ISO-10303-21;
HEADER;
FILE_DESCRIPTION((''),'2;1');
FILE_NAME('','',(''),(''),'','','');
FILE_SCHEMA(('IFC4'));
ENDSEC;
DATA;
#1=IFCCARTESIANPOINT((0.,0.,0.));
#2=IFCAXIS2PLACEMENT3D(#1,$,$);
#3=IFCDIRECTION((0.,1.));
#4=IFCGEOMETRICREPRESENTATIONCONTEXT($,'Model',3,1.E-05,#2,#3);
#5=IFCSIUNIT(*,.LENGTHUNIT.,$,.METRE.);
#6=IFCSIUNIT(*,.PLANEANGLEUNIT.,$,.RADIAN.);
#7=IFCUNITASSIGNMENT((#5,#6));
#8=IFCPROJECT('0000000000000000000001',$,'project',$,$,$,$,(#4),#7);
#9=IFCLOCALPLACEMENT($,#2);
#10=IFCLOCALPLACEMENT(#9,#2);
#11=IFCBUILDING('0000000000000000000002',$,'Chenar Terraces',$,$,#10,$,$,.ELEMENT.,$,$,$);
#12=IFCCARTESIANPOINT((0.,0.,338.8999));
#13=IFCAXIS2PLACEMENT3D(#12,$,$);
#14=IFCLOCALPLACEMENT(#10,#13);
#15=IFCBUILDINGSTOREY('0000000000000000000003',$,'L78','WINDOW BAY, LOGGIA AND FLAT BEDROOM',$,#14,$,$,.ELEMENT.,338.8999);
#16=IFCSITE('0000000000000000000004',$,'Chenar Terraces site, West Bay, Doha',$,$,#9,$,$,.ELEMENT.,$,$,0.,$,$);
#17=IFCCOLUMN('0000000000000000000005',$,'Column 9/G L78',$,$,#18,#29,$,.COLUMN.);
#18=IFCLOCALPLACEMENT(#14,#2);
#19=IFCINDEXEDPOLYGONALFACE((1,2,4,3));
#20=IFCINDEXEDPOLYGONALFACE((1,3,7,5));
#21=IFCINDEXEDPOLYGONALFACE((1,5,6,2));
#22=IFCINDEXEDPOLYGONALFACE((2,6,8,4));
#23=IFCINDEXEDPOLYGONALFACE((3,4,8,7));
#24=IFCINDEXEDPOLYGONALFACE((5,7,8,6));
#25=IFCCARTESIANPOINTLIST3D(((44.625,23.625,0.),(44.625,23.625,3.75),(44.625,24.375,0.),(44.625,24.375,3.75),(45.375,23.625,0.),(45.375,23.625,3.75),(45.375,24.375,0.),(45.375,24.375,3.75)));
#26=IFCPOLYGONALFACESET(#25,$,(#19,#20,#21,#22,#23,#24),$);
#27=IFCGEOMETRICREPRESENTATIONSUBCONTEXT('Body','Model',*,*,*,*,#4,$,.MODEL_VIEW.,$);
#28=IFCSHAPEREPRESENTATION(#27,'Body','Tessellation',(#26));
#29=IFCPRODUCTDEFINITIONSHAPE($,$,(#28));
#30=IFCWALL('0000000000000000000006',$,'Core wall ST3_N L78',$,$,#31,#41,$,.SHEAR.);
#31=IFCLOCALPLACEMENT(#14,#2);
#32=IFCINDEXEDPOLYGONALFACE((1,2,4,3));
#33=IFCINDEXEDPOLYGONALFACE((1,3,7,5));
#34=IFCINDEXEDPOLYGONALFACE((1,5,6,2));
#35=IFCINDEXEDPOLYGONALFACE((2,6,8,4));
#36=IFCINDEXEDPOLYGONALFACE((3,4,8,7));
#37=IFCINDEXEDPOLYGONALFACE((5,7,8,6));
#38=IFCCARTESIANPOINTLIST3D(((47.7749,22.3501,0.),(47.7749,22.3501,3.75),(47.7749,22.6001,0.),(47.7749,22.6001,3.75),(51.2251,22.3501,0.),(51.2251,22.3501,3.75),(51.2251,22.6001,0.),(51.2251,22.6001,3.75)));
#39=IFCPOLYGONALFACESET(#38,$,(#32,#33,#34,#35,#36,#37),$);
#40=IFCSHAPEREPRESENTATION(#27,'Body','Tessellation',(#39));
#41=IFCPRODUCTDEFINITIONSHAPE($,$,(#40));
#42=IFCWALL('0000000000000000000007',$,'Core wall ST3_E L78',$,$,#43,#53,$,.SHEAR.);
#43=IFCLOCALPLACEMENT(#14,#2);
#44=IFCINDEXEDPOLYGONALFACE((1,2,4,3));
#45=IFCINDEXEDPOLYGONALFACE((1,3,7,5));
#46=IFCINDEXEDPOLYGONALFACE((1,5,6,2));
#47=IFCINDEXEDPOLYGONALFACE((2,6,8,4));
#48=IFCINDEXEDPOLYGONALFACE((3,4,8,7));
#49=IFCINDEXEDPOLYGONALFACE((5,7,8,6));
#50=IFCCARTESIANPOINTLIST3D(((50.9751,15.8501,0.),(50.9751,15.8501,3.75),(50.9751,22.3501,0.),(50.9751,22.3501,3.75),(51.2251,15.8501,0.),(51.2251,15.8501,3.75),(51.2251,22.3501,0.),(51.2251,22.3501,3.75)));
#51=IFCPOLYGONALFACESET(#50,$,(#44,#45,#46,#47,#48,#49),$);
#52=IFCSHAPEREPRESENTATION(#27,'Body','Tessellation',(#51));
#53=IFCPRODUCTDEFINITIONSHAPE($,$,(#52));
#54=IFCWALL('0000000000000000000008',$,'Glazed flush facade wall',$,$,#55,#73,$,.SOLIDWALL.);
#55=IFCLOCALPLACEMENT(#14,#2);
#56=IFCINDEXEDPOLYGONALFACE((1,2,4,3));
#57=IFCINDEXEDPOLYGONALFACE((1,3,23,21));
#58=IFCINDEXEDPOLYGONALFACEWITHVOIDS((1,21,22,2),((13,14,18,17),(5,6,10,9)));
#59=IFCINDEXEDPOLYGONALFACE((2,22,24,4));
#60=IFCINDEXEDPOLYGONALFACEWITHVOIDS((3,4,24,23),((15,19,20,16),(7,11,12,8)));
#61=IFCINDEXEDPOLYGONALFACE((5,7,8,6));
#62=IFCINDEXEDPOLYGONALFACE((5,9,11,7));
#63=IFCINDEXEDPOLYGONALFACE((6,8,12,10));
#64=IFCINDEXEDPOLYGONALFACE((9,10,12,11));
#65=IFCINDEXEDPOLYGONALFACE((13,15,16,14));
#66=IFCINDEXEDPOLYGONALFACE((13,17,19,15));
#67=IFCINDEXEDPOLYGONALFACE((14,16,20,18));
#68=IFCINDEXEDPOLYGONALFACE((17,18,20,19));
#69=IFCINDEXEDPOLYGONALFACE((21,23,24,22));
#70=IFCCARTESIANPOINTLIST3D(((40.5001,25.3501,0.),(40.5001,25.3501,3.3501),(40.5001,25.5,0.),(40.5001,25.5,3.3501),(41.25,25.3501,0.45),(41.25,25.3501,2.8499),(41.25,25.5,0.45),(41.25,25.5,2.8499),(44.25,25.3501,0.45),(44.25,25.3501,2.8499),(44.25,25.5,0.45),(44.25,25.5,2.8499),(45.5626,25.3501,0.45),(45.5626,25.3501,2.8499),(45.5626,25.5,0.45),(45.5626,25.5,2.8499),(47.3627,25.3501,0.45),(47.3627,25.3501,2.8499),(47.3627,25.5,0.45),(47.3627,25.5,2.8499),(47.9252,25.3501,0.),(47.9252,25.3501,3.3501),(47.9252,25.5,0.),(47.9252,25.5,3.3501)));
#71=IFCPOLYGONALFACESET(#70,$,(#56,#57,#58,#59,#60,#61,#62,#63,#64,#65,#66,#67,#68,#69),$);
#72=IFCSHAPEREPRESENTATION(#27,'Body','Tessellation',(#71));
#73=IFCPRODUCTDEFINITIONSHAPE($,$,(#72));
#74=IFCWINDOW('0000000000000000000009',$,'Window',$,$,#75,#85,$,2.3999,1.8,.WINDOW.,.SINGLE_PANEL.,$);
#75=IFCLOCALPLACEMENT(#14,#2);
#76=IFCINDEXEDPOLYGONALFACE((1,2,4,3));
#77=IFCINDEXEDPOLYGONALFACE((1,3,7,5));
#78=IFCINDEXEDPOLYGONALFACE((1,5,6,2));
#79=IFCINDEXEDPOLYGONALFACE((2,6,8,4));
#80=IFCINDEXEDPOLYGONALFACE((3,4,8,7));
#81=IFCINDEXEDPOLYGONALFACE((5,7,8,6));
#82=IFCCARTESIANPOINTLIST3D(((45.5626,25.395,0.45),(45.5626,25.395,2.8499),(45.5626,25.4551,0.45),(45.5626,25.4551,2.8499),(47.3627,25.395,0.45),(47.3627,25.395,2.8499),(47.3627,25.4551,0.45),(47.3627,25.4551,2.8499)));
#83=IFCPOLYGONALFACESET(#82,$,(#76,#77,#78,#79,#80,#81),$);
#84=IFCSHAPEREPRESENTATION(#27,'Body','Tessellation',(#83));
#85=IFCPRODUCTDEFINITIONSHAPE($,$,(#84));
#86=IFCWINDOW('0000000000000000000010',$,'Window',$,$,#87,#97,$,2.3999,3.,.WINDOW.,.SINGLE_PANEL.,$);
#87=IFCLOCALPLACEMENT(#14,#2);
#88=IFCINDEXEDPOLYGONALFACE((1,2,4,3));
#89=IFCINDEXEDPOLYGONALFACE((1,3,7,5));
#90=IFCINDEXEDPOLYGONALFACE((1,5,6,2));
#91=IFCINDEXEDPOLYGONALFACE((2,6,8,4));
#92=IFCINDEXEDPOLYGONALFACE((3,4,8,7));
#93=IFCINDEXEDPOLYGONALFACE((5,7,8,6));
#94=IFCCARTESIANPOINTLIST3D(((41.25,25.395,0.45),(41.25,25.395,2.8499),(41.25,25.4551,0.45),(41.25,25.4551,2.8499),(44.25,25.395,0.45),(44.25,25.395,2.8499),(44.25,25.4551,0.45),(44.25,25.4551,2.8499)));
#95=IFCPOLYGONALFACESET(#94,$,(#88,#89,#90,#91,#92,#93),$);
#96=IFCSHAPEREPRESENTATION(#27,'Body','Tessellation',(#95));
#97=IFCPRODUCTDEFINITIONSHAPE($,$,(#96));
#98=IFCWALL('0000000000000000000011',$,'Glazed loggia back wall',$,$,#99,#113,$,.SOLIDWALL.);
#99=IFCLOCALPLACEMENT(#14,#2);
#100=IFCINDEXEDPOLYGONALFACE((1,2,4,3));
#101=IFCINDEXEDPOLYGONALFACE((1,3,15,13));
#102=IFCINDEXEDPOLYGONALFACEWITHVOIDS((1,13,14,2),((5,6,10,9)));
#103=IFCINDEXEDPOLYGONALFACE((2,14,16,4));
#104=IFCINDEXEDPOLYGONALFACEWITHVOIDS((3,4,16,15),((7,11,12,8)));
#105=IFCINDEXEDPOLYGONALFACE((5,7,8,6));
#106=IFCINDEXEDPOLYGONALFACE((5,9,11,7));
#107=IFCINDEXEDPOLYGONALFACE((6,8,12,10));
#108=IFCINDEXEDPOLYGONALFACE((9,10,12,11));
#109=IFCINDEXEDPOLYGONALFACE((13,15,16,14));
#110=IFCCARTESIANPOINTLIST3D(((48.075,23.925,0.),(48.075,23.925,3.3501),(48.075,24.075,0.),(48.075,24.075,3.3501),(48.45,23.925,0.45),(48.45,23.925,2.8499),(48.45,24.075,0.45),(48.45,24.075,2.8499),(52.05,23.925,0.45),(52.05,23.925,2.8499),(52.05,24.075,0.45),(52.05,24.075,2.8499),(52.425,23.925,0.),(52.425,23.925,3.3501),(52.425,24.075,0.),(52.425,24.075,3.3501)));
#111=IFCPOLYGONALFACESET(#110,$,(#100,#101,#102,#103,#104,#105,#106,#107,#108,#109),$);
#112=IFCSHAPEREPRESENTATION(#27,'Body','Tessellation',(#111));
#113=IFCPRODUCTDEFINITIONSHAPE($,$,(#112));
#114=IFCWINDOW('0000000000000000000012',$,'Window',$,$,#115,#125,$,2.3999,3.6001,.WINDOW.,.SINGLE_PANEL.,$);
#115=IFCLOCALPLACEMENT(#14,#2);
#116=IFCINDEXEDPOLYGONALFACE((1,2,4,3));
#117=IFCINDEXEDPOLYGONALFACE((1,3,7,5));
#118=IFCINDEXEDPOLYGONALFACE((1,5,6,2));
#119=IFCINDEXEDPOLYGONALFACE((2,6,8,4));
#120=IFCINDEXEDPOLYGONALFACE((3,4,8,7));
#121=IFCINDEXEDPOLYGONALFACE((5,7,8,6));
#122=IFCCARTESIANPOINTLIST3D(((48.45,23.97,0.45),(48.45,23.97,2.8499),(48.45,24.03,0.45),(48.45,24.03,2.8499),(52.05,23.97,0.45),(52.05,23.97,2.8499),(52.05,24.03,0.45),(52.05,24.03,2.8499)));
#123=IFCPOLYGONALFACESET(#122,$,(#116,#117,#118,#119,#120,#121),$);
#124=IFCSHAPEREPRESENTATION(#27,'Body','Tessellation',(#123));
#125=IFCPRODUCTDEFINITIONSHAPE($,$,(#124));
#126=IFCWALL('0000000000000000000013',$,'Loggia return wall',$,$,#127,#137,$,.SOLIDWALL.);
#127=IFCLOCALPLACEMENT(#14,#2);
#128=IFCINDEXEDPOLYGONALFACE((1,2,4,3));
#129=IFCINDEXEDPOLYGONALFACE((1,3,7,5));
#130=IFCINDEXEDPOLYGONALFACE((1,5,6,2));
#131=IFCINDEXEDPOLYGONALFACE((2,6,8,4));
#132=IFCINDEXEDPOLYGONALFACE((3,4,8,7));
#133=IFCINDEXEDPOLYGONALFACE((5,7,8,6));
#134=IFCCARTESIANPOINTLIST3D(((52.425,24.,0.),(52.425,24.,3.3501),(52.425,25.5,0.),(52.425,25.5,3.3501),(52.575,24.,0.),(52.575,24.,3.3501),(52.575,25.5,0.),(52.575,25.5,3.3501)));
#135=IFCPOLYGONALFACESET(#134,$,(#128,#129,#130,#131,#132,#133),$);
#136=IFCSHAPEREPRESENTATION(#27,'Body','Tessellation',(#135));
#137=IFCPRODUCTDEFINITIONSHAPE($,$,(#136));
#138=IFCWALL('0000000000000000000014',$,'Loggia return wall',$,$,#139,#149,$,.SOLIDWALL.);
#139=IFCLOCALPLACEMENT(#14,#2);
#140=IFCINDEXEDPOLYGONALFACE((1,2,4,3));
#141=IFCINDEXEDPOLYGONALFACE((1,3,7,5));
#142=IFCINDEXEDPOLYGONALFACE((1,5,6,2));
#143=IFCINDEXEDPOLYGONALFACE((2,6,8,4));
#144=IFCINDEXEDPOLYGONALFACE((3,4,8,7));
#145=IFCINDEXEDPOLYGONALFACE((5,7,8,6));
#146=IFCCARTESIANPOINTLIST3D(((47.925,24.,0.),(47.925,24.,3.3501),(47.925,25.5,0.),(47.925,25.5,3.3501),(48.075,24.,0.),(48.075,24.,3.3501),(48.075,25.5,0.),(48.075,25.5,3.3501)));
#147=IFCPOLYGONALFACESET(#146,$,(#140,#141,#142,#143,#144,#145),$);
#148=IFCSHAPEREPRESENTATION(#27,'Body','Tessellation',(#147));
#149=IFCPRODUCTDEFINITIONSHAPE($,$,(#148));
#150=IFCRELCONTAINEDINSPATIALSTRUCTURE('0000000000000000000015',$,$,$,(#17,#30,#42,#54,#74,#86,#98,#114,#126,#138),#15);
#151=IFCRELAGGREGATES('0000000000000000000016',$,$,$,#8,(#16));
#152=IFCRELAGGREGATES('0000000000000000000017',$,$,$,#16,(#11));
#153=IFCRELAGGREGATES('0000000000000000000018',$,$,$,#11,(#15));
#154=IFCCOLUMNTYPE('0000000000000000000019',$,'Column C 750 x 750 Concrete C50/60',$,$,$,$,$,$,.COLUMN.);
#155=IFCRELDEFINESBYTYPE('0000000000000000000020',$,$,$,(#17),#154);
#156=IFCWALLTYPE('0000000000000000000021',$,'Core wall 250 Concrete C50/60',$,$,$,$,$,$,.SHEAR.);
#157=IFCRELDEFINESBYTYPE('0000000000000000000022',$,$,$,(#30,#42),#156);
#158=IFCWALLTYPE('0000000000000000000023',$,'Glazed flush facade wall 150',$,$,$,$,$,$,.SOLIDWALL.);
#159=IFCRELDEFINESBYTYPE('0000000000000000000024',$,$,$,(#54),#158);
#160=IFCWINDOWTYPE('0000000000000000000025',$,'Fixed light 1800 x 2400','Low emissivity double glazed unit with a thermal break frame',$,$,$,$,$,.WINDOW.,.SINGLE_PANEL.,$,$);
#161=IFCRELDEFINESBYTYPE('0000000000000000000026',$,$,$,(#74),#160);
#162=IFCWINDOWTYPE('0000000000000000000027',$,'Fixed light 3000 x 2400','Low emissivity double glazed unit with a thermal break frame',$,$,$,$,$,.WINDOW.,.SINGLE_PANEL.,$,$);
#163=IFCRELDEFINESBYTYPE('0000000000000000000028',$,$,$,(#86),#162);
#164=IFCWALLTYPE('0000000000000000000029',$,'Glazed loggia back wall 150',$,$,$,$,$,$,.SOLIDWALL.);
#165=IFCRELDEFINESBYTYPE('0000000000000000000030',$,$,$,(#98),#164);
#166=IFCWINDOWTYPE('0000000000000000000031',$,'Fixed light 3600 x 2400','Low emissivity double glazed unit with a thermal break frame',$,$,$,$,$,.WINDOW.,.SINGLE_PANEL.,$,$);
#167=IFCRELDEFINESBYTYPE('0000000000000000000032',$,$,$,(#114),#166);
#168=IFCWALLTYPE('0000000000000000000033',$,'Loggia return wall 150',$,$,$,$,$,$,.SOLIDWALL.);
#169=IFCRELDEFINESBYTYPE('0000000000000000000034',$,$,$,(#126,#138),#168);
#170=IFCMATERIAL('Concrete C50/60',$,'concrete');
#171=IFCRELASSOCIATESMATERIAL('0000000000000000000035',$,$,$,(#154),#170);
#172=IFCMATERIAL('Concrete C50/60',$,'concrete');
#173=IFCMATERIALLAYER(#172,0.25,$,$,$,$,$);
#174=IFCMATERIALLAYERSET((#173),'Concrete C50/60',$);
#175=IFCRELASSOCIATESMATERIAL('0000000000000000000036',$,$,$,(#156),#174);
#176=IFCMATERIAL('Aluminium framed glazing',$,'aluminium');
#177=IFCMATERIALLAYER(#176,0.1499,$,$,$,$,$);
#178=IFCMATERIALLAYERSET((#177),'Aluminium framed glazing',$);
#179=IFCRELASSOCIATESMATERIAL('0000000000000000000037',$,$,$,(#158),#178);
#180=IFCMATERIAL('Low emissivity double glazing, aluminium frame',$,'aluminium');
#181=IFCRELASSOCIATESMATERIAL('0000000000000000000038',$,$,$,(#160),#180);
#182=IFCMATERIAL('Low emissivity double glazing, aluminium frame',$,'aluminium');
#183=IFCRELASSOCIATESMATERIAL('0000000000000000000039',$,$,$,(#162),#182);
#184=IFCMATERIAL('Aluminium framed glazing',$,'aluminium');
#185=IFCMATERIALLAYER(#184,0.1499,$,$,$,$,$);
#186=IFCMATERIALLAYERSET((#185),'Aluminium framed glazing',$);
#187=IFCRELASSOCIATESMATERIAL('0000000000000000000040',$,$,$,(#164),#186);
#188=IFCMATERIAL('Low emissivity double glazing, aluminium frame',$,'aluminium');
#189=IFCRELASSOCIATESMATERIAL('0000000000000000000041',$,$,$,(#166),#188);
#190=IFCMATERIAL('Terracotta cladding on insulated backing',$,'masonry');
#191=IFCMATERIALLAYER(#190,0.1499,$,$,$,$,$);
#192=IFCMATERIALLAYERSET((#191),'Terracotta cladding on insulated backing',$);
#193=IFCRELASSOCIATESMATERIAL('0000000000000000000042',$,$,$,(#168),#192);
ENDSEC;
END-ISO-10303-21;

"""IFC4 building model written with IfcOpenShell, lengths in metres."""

from ifc_helpers import new_model, si_unit, direction, frame, frame_2d, origin, origin_2d, place, context, subcontext, project, spatial, rectangle, extrude, material, layer, layer_set, material_profile, profile_set, type_object, element, fill, save


model = new_model("IFC4")

# Units and contexts
model_context = context("Model", 3, precision=1e-05, world=origin(), true_north=direction((0.0, 1.0)))
body_context = subcontext(model_context, "Body", "Model", "MODEL_VIEW")
ifc_project = project(units=[si_unit("LENGTHUNIT", "METRE"), si_unit("PLANEANGLEUNIT", "RADIAN")], contexts=[model_context])

# Site, building, storey
site_placement = place(None, origin())
site = spatial("IfcSite", under=ifc_project, at=site_placement, Name="Chenar Terraces site, West Bay, Doha", CompositionType="ELEMENT", RefElevation=0.0)
building_placement = place(site_placement, origin())
building = spatial("IfcBuilding", under=site, at=building_placement, Name="Chenar Terraces", CompositionType="ELEMENT")
storey_placement = place(building_placement, frame((0.0, 0.0, 338.8999)))
storey = spatial("IfcBuildingStorey", under=building, at=storey_placement, Name="L78", Description="WINDOW BAY, LOGGIA AND FLAT BEDROOM", CompositionType="ELEMENT", Elevation=338.8999)

# Column
ifc_material_1 = material(Name="Concrete C50/60", Category="concrete")
ifc_material_profile_1 = material_profile(ifc_material_1, rectangle(XDim=0.75, YDim=0.75, at=origin_2d()), Name="C 750 x 750")
ifc_profile_set_1 = profile_set([ifc_material_profile_1], Name="Concrete C50/60")
column_type = type_object("IfcColumnType", Name="Column C 750 x 750 Concrete C50/60", PredefinedType="COLUMN", material=ifc_profile_set_1)
column_placement = place(storey_placement, frame((45.0, 24.0, 0.0), z_axis=(0.0, 0.0, 1.0), x_axis=(1.0, 0.0, 0.0)))
element("IfcColumn", 1, at=column_placement, inside=storey, type_object=column_type, Name="Column 9/G L78", PredefinedType="COLUMN", context=body_context, shape_type="SweptSolid", body=[
    extrude(rectangle(XDim=0.75, YDim=0.75, at=origin_2d()), origin(), (0.0, 0.0, 1.0), 3.75),
])

# Walls
ifc_material_2 = material(Name="Concrete C50/60", Category="concrete")
ifc_layer_1 = layer(ifc_material_2, 0.25)
ifc_layer_set_1 = layer_set([ifc_layer_1], Name="Concrete C50/60")
wall_type_1 = type_object("IfcWallType", Name="Core wall 250 Concrete C50/60", PredefinedType="SHEAR", material=ifc_layer_set_1)
wall_1_placement = place(storey_placement, frame((47.7749, 22.4751, 0.0), z_axis=(0.0, 0.0, 1.0), x_axis=(1.0, 0.0, 0.0)))
element("IfcWall", 2, at=wall_1_placement, inside=storey, type_object=wall_type_1, Name="Core wall ST3_N L78", PredefinedType="SHEAR", context=body_context, shape_type="SweptSolid", body=[
    extrude(rectangle(XDim=3.4502, YDim=0.25, at=frame_2d((1.7251, 0.0))), origin(), (0.0, 0.0, 1.0), 3.75),
])
wall_2_placement = place(storey_placement, frame((51.1001, 15.8501, 0.0), z_axis=(0.0, 0.0, 1.0), x_axis=(0.0, 1.0, 0.0)))
element("IfcWall", 3, at=wall_2_placement, inside=storey, type_object=wall_type_1, Name="Core wall ST3_E L78", PredefinedType="SHEAR", context=body_context, shape_type="SweptSolid", body=[
    extrude(rectangle(XDim=6.5, YDim=0.25, at=frame_2d((3.25, 0.0))), origin(), (0.0, 0.0, 1.0), 3.75),
])

# Wall, openings, windows
ifc_material_3 = material(Name="Aluminium framed glazing", Category="aluminium")
ifc_layer_2 = layer(ifc_material_3, 0.1499)
ifc_layer_set_2 = layer_set([ifc_layer_2], Name="Aluminium framed glazing")
wall_type_2 = type_object("IfcWallType", Name="Glazed flush facade wall 150", PredefinedType="SOLIDWALL", material=ifc_layer_set_2)
wall_3_placement = place(storey_placement, frame((47.925, 25.425, 0.0), z_axis=(0.0, 0.0, 1.0), x_axis=(-1.0, 0.0, 0.0)))
wall_3 = element("IfcWall", 4, at=wall_3_placement, inside=storey, type_object=wall_type_2, Name="Glazed flush facade wall", PredefinedType="SOLIDWALL", context=body_context, shape_type="SweptSolid", body=[
    extrude(rectangle(XDim=7.425, YDim=0.1499, at=frame_2d((3.7124, 0.0))), origin(), (0.0, 0.0, 1.0), 3.3501),
])
opening_1_placement = place(wall_3_placement, frame((0.5625, 0.0, 0.45)))
opening_1 = element("IfcOpeningElement", 5, at=opening_1_placement, cuts=wall_3, PredefinedType="OPENING", context=body_context, shape_type="SweptSolid", body=[
    extrude(rectangle(XDim=1.8, YDim=2.3999, at=frame_2d((0.8999, 1.2))), frame((0.0, 0.085, 0.0), z_axis=(0.0, -1.0, 0.0), x_axis=(1.0, 0.0, 0.0)), (0.0, 0.0, 1.0), 0.1699),
])
opening_2_placement = place(wall_3_placement, frame((3.675, 0.0, 0.45)))
opening_2 = element("IfcOpeningElement", 6, at=opening_2_placement, cuts=wall_3, PredefinedType="OPENING", context=body_context, shape_type="SweptSolid", body=[
    extrude(rectangle(XDim=3.0, YDim=2.3999, at=frame_2d((1.5, 1.2))), frame((0.0, 0.085, 0.0), z_axis=(0.0, -1.0, 0.0), x_axis=(1.0, 0.0, 0.0)), (0.0, 0.0, 1.0), 0.1699),
])
ifc_material_4 = material(Name="Low emissivity double glazing, aluminium frame", Category="aluminium")
window_type_1 = type_object("IfcWindowType", Name="Fixed light 1800 x 2400", Description="Low emissivity double glazed unit with a thermal break frame", PartitioningType="SINGLE_PANEL", PredefinedType="WINDOW", material=ifc_material_4)
window_1_placement = place(opening_1_placement, origin())
window_1 = element("IfcWindow", 7, at=window_1_placement, inside=storey, type_object=window_type_1, Name="Window", OverallHeight=2.3999, OverallWidth=1.8, PartitioningType="SINGLE_PANEL", PredefinedType="WINDOW", context=body_context, shape_type="SweptSolid", body=[
    extrude(rectangle(XDim=1.8, YDim=2.3999, at=frame_2d((0.8999, 1.2))), frame((0.0, 0.03, 0.0), z_axis=(0.0, -1.0, 0.0), x_axis=(1.0, 0.0, 0.0)), (0.0, 0.0, 1.0), 0.0601),
])
fill(opening_1, window_1)
ifc_material_5 = material(Name="Low emissivity double glazing, aluminium frame", Category="aluminium")
window_type_2 = type_object("IfcWindowType", Name="Fixed light 3000 x 2400", Description="Low emissivity double glazed unit with a thermal break frame", PartitioningType="SINGLE_PANEL", PredefinedType="WINDOW", material=ifc_material_5)
window_2_placement = place(opening_2_placement, origin())
window_2 = element("IfcWindow", 8, at=window_2_placement, inside=storey, type_object=window_type_2, Name="Window", OverallHeight=2.3999, OverallWidth=3.0, PartitioningType="SINGLE_PANEL", PredefinedType="WINDOW", context=body_context, shape_type="SweptSolid", body=[
    extrude(rectangle(XDim=3.0, YDim=2.3999, at=frame_2d((1.5, 1.2))), frame((0.0, 0.03, 0.0), z_axis=(0.0, -1.0, 0.0), x_axis=(1.0, 0.0, 0.0)), (0.0, 0.0, 1.0), 0.0601),
])
fill(opening_2, window_2)

# Wall, opening, window
ifc_material_6 = material(Name="Aluminium framed glazing", Category="aluminium")
ifc_layer_3 = layer(ifc_material_6, 0.1499)
ifc_layer_set_3 = layer_set([ifc_layer_3], Name="Aluminium framed glazing")
wall_type_3 = type_object("IfcWallType", Name="Glazed loggia back wall 150", PredefinedType="SOLIDWALL", material=ifc_layer_set_3)
wall_4_placement = place(storey_placement, frame((52.425, 24.0, 0.0), z_axis=(0.0, 0.0, 1.0), x_axis=(-1.0, 0.0, 0.0)))
wall_4 = element("IfcWall", 9, at=wall_4_placement, inside=storey, type_object=wall_type_3, Name="Glazed loggia back wall", PredefinedType="SOLIDWALL", context=body_context, shape_type="SweptSolid", body=[
    extrude(rectangle(XDim=4.3501, YDim=0.1499, at=frame_2d((2.175, 0.0))), origin(), (0.0, 0.0, 1.0), 3.3501),
])
opening_3_placement = place(wall_4_placement, frame((0.375, 0.0, 0.45)))
opening_3 = element("IfcOpeningElement", 10, at=opening_3_placement, cuts=wall_4, PredefinedType="OPENING", context=body_context, shape_type="SweptSolid", body=[
    extrude(rectangle(XDim=3.6001, YDim=2.3999, at=frame_2d((1.8, 1.2))), frame((0.0, 0.085, 0.0), z_axis=(0.0, -1.0, 0.0), x_axis=(1.0, 0.0, 0.0)), (0.0, 0.0, 1.0), 0.1699),
])
ifc_material_7 = material(Name="Low emissivity double glazing, aluminium frame", Category="aluminium")
window_type_3 = type_object("IfcWindowType", Name="Fixed light 3600 x 2400", Description="Low emissivity double glazed unit with a thermal break frame", PartitioningType="SINGLE_PANEL", PredefinedType="WINDOW", material=ifc_material_7)
window_3_placement = place(opening_3_placement, origin())
window_3 = element("IfcWindow", 11, at=window_3_placement, inside=storey, type_object=window_type_3, Name="Window", OverallHeight=2.3999, OverallWidth=3.6001, PartitioningType="SINGLE_PANEL", PredefinedType="WINDOW", context=body_context, shape_type="SweptSolid", body=[
    extrude(rectangle(XDim=3.6001, YDim=2.3999, at=frame_2d((1.8, 1.2))), frame((0.0, 0.03, 0.0), z_axis=(0.0, -1.0, 0.0), x_axis=(1.0, 0.0, 0.0)), (0.0, 0.0, 1.0), 0.0601),
])
fill(opening_3, window_3)

# Walls
ifc_material_8 = material(Name="Terracotta cladding on insulated backing", Category="masonry")
ifc_layer_4 = layer(ifc_material_8, 0.1499)
ifc_layer_set_4 = layer_set([ifc_layer_4], Name="Terracotta cladding on insulated backing")
wall_type_4 = type_object("IfcWallType", Name="Loggia return wall 150", PredefinedType="SOLIDWALL", material=ifc_layer_set_4)
for number, where, z_axis, x_axis, name in (
    (12, (52.5, 25.5, 0.0), (0.0, 0.0, 1.0), (0.0, -1.0, 0.0), "Loggia return wall"),
    (13, (48.0, 25.5, 0.0), (0.0, 0.0, 1.0), (0.0, -1.0, 0.0), "Loggia return wall"),
):
    element("IfcWall", number, at=place(storey_placement, frame(where, z_axis=z_axis, x_axis=x_axis)), inside=storey, type_object=wall_type_4, Name=name, PredefinedType="SOLIDWALL", context=body_context, shape_type="SweptSolid", body=[
        extrude(rectangle(XDim=1.5, YDim=0.1499, at=frame_2d((0.75, 0.0))), origin(), (0.0, 0.0, 1.0), 3.3501),
    ])

save(model, "model.ifc")
